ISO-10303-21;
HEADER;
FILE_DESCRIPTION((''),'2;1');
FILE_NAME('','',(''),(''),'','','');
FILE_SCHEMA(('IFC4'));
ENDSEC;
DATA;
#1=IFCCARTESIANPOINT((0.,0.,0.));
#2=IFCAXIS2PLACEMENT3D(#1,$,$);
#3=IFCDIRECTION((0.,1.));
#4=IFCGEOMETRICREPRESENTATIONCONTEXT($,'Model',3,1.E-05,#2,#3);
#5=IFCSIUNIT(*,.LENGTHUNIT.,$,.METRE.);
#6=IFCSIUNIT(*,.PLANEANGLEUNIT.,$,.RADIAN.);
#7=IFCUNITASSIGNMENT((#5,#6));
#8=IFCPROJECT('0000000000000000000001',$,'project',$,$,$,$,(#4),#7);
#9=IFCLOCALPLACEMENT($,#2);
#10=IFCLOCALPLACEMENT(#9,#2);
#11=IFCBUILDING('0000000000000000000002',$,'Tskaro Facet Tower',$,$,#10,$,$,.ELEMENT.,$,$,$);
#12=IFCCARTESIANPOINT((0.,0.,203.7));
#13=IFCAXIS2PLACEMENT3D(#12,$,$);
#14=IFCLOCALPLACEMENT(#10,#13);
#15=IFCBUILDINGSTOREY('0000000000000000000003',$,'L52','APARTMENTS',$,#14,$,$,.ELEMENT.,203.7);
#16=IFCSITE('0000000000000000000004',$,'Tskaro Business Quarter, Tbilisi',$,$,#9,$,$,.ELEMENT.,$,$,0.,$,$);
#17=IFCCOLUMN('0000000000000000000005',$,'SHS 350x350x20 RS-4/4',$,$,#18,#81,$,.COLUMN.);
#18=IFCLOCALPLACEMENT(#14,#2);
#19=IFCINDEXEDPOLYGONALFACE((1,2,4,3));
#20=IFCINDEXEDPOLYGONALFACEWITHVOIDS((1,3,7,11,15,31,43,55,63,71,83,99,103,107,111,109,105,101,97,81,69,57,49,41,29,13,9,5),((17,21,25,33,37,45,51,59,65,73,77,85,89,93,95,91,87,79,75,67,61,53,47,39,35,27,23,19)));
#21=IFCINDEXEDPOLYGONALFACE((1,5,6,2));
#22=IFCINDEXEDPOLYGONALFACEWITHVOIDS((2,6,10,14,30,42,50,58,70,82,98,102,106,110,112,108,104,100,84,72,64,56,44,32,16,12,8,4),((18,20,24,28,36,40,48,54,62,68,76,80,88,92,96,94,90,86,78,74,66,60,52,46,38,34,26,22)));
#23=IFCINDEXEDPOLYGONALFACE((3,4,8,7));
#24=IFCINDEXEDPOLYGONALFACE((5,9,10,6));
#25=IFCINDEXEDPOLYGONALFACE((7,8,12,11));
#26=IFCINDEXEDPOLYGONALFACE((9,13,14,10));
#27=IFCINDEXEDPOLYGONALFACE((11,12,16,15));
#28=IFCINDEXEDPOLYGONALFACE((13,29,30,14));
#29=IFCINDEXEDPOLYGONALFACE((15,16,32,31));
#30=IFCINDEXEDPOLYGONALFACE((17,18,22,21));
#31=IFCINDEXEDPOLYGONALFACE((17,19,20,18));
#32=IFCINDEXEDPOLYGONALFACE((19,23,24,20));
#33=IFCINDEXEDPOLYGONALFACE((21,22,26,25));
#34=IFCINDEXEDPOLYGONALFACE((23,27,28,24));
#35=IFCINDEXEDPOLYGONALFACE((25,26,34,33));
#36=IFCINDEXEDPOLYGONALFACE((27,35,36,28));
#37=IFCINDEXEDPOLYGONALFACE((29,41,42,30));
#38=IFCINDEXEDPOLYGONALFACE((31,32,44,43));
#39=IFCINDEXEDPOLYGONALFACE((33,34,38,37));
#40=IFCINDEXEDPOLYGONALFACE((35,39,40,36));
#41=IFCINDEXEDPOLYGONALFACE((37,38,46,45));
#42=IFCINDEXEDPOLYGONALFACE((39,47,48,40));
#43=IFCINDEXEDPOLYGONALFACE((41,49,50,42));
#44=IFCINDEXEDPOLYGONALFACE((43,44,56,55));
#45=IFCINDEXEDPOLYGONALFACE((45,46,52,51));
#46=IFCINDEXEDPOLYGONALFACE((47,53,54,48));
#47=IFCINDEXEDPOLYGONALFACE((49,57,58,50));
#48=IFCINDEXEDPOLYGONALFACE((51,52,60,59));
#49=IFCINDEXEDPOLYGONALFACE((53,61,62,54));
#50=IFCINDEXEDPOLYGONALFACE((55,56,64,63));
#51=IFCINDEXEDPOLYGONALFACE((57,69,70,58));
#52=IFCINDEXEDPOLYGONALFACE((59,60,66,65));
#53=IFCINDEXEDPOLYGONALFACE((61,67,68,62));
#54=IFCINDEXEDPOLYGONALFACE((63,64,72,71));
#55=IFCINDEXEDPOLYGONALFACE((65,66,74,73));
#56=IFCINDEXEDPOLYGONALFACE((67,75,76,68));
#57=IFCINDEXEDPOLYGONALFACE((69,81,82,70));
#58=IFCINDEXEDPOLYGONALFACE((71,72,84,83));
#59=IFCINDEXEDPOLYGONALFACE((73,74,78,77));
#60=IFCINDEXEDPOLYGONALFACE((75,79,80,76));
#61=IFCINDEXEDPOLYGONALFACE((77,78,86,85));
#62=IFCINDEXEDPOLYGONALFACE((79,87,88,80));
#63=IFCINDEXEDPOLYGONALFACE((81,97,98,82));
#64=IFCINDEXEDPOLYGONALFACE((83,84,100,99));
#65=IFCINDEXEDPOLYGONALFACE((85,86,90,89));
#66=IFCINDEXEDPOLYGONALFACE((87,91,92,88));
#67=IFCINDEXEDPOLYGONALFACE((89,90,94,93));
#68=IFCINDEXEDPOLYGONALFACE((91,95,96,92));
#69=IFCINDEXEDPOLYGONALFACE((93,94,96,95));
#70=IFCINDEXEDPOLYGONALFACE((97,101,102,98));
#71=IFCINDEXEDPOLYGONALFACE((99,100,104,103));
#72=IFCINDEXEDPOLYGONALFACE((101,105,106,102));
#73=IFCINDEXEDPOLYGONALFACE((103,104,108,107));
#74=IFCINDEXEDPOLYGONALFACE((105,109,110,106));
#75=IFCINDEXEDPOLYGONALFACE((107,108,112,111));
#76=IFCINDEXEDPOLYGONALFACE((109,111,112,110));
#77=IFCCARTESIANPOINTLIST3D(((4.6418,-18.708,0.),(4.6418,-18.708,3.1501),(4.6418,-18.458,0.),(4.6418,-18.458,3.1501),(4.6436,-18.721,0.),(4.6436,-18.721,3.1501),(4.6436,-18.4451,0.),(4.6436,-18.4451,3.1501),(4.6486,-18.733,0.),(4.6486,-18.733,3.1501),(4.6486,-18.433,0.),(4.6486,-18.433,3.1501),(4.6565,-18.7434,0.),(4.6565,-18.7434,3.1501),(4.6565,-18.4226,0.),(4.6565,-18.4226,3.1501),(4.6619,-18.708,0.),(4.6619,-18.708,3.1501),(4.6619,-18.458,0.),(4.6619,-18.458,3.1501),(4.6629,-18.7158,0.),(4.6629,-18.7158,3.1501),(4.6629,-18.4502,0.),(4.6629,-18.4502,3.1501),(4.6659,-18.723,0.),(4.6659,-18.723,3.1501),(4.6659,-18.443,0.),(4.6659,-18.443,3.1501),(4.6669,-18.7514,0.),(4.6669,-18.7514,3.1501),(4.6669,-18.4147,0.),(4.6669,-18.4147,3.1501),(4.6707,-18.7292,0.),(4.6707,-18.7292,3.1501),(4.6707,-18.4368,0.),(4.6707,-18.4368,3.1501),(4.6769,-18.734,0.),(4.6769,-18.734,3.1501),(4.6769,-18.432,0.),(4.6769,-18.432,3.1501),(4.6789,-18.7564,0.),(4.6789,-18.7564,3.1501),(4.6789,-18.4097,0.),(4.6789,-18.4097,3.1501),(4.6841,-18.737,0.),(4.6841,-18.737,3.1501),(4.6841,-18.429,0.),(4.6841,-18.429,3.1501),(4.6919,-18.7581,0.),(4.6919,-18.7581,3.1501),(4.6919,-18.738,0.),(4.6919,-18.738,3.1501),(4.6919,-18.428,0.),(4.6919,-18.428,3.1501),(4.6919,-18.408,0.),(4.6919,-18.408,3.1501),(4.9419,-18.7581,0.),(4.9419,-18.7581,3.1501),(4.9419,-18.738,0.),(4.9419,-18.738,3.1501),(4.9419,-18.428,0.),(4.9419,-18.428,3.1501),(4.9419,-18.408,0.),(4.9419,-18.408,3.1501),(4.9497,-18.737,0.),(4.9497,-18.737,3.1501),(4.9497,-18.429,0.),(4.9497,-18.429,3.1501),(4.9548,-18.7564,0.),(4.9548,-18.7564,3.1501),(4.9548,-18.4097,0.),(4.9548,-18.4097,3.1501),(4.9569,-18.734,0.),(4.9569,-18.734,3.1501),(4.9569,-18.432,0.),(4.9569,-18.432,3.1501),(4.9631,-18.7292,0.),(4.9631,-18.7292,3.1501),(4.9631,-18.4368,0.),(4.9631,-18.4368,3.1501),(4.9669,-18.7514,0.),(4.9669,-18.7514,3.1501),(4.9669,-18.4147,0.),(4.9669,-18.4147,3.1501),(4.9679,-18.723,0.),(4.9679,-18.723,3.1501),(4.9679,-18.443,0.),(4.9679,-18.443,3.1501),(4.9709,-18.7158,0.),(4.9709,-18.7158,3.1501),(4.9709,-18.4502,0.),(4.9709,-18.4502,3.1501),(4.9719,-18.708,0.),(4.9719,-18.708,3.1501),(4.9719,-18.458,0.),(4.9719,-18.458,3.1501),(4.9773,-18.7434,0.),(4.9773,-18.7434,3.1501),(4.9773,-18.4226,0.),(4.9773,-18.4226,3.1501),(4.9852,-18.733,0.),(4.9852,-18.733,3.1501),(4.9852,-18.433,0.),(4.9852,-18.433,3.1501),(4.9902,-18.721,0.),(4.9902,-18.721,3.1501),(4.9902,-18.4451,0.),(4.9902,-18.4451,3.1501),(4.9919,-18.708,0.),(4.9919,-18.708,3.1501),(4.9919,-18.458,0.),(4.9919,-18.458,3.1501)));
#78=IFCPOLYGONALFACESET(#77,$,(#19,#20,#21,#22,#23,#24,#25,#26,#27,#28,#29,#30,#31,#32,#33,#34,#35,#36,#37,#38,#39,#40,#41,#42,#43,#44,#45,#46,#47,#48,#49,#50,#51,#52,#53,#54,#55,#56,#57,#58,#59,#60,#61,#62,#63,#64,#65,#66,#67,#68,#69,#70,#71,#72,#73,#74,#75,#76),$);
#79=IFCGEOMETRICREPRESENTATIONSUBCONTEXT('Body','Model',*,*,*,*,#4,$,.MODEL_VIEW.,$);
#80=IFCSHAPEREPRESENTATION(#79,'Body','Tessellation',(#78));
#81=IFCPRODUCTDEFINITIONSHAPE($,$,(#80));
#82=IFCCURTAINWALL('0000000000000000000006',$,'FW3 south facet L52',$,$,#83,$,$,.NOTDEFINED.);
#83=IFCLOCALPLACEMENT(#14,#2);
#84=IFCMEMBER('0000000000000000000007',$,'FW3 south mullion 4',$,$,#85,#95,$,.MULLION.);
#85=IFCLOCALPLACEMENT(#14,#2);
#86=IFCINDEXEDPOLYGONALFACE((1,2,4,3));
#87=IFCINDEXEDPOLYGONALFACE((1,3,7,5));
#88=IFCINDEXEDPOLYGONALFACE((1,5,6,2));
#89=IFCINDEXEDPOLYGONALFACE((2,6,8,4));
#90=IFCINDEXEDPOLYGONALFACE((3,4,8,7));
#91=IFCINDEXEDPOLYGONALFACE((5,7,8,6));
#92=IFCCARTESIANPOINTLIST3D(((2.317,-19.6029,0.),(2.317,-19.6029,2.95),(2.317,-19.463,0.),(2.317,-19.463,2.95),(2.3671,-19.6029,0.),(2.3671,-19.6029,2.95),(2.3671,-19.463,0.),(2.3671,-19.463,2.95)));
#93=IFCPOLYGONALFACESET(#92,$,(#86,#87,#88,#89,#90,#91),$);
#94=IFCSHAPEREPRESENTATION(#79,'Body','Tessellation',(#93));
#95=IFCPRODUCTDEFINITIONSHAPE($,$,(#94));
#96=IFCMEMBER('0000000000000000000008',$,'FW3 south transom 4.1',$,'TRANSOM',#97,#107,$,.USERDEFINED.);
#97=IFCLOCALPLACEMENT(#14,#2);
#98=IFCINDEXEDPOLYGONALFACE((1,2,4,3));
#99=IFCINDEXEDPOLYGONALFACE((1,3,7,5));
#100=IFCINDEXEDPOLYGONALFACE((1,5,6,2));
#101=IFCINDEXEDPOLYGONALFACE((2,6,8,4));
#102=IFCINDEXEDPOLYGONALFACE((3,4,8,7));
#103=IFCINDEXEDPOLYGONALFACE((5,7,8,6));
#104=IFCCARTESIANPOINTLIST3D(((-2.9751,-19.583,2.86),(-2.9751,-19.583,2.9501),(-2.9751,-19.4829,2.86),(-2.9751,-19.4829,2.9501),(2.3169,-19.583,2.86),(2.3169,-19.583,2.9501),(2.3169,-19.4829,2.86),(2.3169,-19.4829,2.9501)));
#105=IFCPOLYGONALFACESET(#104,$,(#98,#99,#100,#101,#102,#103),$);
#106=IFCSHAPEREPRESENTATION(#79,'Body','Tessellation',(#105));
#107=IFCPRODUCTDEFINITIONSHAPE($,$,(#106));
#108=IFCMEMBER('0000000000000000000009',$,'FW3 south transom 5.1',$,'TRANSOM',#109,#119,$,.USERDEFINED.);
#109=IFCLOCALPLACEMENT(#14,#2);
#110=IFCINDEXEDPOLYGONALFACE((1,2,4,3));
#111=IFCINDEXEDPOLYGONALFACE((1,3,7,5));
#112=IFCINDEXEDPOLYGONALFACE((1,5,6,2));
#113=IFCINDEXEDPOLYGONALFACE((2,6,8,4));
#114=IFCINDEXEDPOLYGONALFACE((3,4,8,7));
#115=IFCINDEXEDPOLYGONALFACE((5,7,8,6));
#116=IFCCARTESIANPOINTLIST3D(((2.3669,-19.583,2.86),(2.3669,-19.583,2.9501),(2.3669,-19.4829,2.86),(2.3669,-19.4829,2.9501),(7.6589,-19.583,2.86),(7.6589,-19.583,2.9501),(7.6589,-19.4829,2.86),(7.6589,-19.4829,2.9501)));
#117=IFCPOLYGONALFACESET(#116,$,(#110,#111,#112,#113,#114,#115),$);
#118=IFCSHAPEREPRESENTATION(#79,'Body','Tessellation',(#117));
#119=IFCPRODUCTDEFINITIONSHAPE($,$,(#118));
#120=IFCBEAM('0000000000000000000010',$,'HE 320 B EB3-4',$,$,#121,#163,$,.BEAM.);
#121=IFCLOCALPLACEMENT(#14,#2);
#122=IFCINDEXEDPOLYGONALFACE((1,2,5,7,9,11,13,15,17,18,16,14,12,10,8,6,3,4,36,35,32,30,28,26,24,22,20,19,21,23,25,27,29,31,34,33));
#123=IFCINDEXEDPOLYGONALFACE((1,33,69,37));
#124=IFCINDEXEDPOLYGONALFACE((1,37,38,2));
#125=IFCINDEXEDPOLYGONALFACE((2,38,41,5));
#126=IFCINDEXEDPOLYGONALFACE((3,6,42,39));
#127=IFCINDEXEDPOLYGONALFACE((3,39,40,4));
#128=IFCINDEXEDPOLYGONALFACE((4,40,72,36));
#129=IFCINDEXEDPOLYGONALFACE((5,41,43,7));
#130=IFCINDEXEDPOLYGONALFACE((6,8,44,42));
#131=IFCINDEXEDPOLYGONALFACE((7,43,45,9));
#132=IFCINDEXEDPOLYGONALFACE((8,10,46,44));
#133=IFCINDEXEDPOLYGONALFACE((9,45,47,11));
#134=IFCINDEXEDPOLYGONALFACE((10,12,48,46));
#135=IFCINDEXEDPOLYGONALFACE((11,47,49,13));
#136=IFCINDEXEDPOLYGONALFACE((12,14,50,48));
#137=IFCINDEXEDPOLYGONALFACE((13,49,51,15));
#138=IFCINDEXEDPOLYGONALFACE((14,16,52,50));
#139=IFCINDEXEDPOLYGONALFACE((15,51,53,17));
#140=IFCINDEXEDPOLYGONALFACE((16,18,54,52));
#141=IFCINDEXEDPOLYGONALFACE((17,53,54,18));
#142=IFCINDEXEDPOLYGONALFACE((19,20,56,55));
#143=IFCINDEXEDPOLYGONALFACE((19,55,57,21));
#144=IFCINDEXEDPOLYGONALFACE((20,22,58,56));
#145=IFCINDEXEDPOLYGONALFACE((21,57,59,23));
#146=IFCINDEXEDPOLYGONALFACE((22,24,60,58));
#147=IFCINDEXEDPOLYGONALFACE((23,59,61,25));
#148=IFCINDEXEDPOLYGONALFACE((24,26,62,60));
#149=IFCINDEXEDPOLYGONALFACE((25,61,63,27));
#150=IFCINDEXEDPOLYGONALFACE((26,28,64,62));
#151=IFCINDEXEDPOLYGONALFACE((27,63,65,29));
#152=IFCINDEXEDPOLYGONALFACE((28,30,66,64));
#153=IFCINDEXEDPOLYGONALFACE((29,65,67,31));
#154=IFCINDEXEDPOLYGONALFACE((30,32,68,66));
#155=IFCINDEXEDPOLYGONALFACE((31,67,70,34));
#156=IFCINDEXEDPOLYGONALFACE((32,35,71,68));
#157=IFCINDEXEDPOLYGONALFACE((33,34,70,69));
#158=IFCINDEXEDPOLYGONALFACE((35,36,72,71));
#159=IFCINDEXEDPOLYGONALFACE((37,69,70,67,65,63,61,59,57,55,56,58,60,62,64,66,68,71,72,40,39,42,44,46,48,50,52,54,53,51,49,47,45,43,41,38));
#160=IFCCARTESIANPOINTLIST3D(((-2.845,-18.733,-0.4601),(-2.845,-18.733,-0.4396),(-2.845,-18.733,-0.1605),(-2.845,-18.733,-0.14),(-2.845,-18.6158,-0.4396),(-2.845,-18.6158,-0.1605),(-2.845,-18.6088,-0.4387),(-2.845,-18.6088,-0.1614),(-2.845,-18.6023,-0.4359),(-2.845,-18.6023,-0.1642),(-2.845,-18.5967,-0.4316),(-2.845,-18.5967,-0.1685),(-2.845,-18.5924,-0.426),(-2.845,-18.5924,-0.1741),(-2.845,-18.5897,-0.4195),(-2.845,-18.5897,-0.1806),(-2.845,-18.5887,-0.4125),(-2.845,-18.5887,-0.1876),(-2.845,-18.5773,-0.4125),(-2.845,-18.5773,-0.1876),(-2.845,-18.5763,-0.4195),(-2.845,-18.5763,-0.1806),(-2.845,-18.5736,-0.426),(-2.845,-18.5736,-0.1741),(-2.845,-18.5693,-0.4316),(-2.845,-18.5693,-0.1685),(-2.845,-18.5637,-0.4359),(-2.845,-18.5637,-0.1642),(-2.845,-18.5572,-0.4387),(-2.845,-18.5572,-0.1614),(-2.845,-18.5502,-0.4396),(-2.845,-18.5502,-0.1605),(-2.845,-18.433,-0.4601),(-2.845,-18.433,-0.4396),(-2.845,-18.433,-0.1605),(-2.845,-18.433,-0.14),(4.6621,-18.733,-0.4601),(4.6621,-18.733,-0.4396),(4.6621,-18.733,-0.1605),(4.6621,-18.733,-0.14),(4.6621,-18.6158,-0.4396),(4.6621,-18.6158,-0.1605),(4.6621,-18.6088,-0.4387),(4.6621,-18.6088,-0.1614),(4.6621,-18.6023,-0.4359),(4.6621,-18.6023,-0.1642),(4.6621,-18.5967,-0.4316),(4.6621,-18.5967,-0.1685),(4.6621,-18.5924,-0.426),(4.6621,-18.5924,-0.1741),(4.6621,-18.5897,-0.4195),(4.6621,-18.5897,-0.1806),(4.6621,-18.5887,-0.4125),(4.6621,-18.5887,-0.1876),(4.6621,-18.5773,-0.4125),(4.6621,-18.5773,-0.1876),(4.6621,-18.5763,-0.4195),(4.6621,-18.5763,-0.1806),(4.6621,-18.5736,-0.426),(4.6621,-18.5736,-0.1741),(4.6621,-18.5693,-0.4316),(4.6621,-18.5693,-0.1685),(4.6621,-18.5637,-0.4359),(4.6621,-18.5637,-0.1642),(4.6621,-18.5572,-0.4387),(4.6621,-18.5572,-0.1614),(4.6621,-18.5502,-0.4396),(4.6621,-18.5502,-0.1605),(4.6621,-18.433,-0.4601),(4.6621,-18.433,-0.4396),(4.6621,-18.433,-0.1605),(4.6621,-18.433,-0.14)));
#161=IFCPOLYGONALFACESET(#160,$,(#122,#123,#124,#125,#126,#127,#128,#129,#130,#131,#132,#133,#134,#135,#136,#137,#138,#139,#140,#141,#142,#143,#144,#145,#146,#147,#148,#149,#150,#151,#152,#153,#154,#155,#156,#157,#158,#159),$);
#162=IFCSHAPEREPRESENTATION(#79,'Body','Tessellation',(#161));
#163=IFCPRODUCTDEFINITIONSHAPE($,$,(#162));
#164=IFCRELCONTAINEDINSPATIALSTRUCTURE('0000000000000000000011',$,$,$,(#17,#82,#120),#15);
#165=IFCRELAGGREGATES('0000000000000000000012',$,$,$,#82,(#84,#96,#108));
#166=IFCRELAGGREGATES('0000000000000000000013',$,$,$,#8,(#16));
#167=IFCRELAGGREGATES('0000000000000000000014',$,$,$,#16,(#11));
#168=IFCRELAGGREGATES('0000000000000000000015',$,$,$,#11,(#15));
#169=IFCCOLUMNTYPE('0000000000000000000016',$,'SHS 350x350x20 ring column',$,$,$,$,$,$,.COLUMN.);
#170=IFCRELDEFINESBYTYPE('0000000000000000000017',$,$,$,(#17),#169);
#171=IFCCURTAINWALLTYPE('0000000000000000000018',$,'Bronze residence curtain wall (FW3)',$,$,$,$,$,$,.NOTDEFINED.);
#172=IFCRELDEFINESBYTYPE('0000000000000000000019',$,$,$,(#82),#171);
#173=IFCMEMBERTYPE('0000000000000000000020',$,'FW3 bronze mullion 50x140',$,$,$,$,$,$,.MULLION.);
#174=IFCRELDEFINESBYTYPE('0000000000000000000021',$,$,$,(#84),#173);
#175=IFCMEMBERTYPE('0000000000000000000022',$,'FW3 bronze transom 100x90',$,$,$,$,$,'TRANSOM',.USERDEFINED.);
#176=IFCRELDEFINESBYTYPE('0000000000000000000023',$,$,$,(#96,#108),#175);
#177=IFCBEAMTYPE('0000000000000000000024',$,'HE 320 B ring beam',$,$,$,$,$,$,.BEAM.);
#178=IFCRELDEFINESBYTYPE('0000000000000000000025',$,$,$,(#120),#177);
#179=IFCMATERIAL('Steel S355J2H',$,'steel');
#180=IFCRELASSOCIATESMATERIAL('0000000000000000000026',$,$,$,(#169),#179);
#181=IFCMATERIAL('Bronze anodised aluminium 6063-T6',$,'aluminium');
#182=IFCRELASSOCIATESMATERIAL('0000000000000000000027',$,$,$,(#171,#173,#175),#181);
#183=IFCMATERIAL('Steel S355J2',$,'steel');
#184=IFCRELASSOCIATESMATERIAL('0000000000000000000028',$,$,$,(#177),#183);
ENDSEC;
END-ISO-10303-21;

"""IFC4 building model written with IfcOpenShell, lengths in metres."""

from ifc_helpers import new_model, si_unit, direction, frame, origin, origin_2d, place, context, subcontext, project, spatial, rectangle, hollow_rectangle, i_section, extrude, material, material_profile, profile_set, type_object, element, aggregate, save


model = new_model("IFC4")

# Units and contexts
model_context = context("Model", 3, precision=1e-05, world=origin(), true_north=direction((0.0, 1.0)))
body_context = subcontext(model_context, "Body", "Model", "MODEL_VIEW")
ifc_project = project(units=[si_unit("LENGTHUNIT", "METRE"), si_unit("PLANEANGLEUNIT", "RADIAN")], contexts=[model_context])

# Site, building, storey
site_placement = place(None, origin())
site = spatial("IfcSite", under=ifc_project, at=site_placement, Name="Tskaro Business Quarter, Tbilisi", CompositionType="ELEMENT", RefElevation=0.0)
building_placement = place(site_placement, origin())
building = spatial("IfcBuilding", under=site, at=building_placement, Name="Tskaro Facet Tower", CompositionType="ELEMENT")
storey_placement = place(building_placement, frame((0.0, 0.0, 203.7)))
storey = spatial("IfcBuildingStorey", under=building, at=storey_placement, Name="L52", Description="APARTMENTS", CompositionType="ELEMENT", Elevation=203.7)

# Column
ifc_material_1 = material(Name="Steel S355J2H", Category="steel")
ifc_material_profile_1 = material_profile(ifc_material_1, hollow_rectangle(XDim=0.3501, YDim=0.3501, WallThickness=0.02, InnerFilletRadius=0.03, OuterFilletRadius=0.05, at=origin_2d()), Name="SHS 350x350x20")
ifc_profile_set_1 = profile_set([ifc_material_profile_1], Name="Steel S355J2H")
column_type = type_object("IfcColumnType", Name="SHS 350x350x20 ring column", PredefinedType="COLUMN", material=ifc_profile_set_1)
column_placement = place(storey_placement, frame((4.8169, -18.583, 0.0), z_axis=(0.0, 0.0, 1.0), x_axis=(1.0, 0.0, 0.0)))
element("IfcColumn", 1, at=column_placement, inside=storey, type_object=column_type, Name="SHS 350x350x20 RS-4/4", PredefinedType="COLUMN", context=body_context, shape_type="SweptSolid", body=[
    extrude(hollow_rectangle(XDim=0.3501, YDim=0.3501, WallThickness=0.02, InnerFilletRadius=0.03, OuterFilletRadius=0.05, at=origin_2d()), origin(), (0.0, 0.0, 1.0), 3.1501),
])

# Curtain wall, members
ifc_material_2 = material(Name="Bronze anodised aluminium 6063-T6", Category="aluminium")
curtain_wall_type = type_object("IfcCurtainWallType", Name="Bronze residence curtain wall (FW3)", PredefinedType="NOTDEFINED", material=ifc_material_2)
curtain_wall_placement = place(storey_placement, origin())
curtain_wall = element("IfcCurtainWall", 2, at=curtain_wall_placement, inside=storey, type_object=curtain_wall_type, Name="FW3 south facet L52", PredefinedType="NOTDEFINED")
ifc_material_profile_2 = material_profile(ifc_material_2, rectangle(XDim=0.05, YDim=0.1399, at=origin_2d()), Name="Mullion 50x140")
ifc_profile_set_2 = profile_set([ifc_material_profile_2], Name="Bronze anodised aluminium 6063-T6")
member_type_1 = type_object("IfcMemberType", Name="FW3 bronze mullion 50x140", PredefinedType="MULLION", material=ifc_profile_set_2)
member_1_placement = place(storey_placement, frame((2.342, -19.533, 0.0), z_axis=(0.0, 0.0, 1.0), x_axis=(1.0, 0.0, 0.0)))
member_1 = element("IfcMember", 3, at=member_1_placement, type_object=member_type_1, Name="FW3 south mullion 4", PredefinedType="MULLION", context=body_context, shape_type="SweptSolid", body=[
    extrude(rectangle(XDim=0.05, YDim=0.1399, at=origin_2d()), origin(), (0.0, 0.0, 1.0), 2.95),
])
ifc_material_profile_3 = material_profile(ifc_material_2, rectangle(XDim=0.1001, YDim=0.0901, at=origin_2d()), Name="Transom 100x90")
ifc_profile_set_3 = profile_set([ifc_material_profile_3], Name="Bronze anodised aluminium 6063-T6")
member_type_2 = type_object("IfcMemberType", Name="FW3 bronze transom 100x90", ElementType="TRANSOM", PredefinedType="USERDEFINED", material=ifc_profile_set_3)
member_2_placement = place(storey_placement, frame((-2.9751, -19.533, 2.905), z_axis=(1.0, 0.0, 0.0), x_axis=(0.0, 1.0, 0.0)))
member_2 = element("IfcMember", 4, at=member_2_placement, type_object=member_type_2, Name="FW3 south transom 4.1", ObjectType="TRANSOM", PredefinedType="USERDEFINED", context=body_context, shape_type="SweptSolid", body=[
    extrude(rectangle(XDim=0.1001, YDim=0.0901, at=origin_2d()), origin(), (0.0, 0.0, 1.0), 5.292),
])
member_3_placement = place(storey_placement, frame((2.3669, -19.533, 2.905), z_axis=(1.0, 0.0, 0.0), x_axis=(0.0, 1.0, 0.0)))
member_3 = element("IfcMember", 5, at=member_3_placement, type_object=member_type_2, Name="FW3 south transom 5.1", ObjectType="TRANSOM", PredefinedType="USERDEFINED", context=body_context, shape_type="SweptSolid", body=[
    extrude(rectangle(XDim=0.1001, YDim=0.0901, at=origin_2d()), origin(), (0.0, 0.0, 1.0), 5.292),
])

# Beam
ifc_material_3 = material(Name="Steel S355J2", Category="steel")
ifc_material_profile_4 = material_profile(ifc_material_3, i_section(OverallWidth=0.3, OverallDepth=0.3201, WebThickness=0.0115, FlangeThickness=0.0205, FilletRadius=0.0271, at=origin_2d()), Name="HE 320 B")
ifc_profile_set_4 = profile_set([ifc_material_profile_4], Name="Steel S355J2")
beam_type_1 = type_object("IfcBeamType", Name="HE 320 B ring beam", PredefinedType="BEAM", material=ifc_profile_set_4)
beam_1_placement = place(storey_placement, frame((-2.845, -18.583, -0.3), z_axis=(1.0, 0.0, 0.0), x_axis=(0.0, 1.0, 0.0)))
element("IfcBeam", 6, at=beam_1_placement, inside=storey, type_object=beam_type_1, Name="HE 320 B EB3-4", PredefinedType="BEAM", context=body_context, shape_type="SweptSolid", body=[
    extrude(i_section(OverallWidth=0.3, OverallDepth=0.3201, WebThickness=0.0115, FlangeThickness=0.0205, FilletRadius=0.0271, at=origin_2d()), origin(), (0.0, 0.0, 1.0), 7.5071),
])

aggregate(curtain_wall, [member_1, member_2, member_3])

save(model, "model.ifc")
